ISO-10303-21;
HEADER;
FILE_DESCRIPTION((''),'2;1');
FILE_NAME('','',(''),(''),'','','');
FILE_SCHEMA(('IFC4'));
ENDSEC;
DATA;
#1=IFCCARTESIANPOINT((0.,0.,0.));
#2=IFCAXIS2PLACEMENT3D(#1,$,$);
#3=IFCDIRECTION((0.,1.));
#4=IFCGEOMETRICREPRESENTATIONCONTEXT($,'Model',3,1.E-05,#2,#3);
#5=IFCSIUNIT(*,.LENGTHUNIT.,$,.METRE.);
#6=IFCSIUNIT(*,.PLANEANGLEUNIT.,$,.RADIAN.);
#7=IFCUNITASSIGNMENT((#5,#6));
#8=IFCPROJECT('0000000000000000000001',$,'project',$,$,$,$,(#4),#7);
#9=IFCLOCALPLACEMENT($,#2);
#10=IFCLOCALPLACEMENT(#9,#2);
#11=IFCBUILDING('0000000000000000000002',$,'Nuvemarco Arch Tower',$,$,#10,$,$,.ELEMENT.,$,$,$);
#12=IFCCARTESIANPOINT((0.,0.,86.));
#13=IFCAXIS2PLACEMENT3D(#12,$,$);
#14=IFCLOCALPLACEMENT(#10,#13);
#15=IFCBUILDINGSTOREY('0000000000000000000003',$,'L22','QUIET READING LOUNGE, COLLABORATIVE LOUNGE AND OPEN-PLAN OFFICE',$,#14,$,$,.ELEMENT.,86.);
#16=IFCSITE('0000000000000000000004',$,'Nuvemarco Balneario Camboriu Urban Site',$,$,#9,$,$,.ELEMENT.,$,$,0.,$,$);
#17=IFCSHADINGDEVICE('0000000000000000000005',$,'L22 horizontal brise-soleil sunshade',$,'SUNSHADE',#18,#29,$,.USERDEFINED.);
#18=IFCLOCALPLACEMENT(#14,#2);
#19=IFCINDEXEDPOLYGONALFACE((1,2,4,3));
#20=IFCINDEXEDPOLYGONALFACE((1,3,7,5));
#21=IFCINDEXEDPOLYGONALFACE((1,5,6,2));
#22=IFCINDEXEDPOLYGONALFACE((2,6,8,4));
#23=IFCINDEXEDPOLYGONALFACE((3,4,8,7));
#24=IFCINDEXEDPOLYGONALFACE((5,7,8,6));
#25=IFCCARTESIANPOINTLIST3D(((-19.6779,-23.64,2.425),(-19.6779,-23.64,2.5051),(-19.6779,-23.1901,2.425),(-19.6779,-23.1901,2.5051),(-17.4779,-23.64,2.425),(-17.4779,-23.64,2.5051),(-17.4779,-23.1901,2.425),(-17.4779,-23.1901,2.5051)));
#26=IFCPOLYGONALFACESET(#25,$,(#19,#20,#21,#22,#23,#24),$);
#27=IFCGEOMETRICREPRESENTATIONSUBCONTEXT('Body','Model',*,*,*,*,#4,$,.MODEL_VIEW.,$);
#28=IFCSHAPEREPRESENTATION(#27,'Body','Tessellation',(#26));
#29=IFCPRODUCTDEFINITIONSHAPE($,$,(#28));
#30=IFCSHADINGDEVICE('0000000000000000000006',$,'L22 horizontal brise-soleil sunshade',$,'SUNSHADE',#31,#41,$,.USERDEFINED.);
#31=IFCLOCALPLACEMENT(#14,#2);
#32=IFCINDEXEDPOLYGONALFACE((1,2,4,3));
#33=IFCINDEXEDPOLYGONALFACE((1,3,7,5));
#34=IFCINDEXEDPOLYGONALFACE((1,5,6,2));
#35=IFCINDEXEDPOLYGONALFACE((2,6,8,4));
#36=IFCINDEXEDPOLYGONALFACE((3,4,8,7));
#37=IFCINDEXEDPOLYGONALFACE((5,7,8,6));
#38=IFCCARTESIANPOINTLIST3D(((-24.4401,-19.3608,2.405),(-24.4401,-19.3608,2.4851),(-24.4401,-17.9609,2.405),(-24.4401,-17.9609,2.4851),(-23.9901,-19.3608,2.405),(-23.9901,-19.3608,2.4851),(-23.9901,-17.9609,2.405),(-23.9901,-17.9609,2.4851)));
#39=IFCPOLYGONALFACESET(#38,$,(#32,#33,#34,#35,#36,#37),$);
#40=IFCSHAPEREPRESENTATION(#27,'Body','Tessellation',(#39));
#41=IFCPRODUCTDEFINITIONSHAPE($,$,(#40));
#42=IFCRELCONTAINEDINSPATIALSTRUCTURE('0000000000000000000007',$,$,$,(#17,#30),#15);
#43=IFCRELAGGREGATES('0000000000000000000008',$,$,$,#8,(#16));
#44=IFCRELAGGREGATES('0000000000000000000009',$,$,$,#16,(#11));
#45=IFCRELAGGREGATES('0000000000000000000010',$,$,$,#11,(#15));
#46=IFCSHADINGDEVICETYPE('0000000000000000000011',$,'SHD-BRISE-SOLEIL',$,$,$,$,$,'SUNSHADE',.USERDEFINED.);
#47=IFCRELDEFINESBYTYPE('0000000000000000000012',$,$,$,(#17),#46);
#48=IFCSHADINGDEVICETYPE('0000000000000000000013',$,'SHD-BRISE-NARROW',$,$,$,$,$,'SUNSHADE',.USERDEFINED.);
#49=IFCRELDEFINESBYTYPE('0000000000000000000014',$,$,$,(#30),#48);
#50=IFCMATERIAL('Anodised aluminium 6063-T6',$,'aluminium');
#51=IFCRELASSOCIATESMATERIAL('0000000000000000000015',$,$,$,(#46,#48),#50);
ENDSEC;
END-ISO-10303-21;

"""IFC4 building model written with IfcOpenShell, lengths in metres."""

from ifc_helpers import new_model, si_unit, direction, frame, origin, origin_2d, place, context, subcontext, project, spatial, rectangle, extrude, source, transform, mapped, material, type_object, type_shapes, element, save


model = new_model("IFC4")

# Units and contexts
model_context = context("Model", 3, precision=1e-05, world=origin(), true_north=direction((0.0, 1.0)))
body_context = subcontext(model_context, "Body", "Model", "MODEL_VIEW")
ifc_project = project(units=[si_unit("LENGTHUNIT", "METRE"), si_unit("PLANEANGLEUNIT", "RADIAN")], contexts=[model_context])

# Site, building, storey
site_placement = place(None, origin())
site = spatial("IfcSite", under=ifc_project, at=site_placement, Name="Nuvemarco Balneario Camboriu Urban Site", CompositionType="ELEMENT", RefElevation=0.0)
building_placement = place(site_placement, origin())
building = spatial("IfcBuilding", under=site, at=building_placement, Name="Nuvemarco Arch Tower", CompositionType="ELEMENT")
storey_placement = place(building_placement, frame((0.0, 0.0, 86.0)))
storey = spatial("IfcBuildingStorey", under=building, at=storey_placement, Name="L22", Description="QUIET READING LOUNGE, COLLABORATIVE LOUNGE AND OPEN-PLAN OFFICE", CompositionType="ELEMENT", Elevation=86.0)

# Shading devices
ifc_material_1 = material(Name="Anodised aluminium 6063-T6", Category="aluminium")
shading_device_type_1 = type_object("IfcShadingDeviceType", Name="SHD-BRISE-SOLEIL", ElementType="SUNSHADE", PredefinedType="USERDEFINED", material=ifc_material_1)
shared_shape_1 = source(origin(), body_context, "Body", "SweptSolid", [
    extrude(rectangle(XDim=2.2, YDim=0.45, at=origin_2d()), origin(), (0.0, 0.0, 1.0), 0.0801),
])
type_shapes(shading_device_type_1, [shared_shape_1])
shading_device_1_placement = place(storey_placement, frame((-18.5779, -23.415, 2.425), z_axis=(0.0, 0.0, 1.0), x_axis=(1.0, 0.0, 0.0)))
element("IfcShadingDevice", 1, at=shading_device_1_placement, inside=storey, type_object=shading_device_type_1, Name="L22 horizontal brise-soleil sunshade", ObjectType="SUNSHADE", PredefinedType="USERDEFINED", context=body_context, shape_type="MappedRepresentation", body=[
    mapped(shared_shape_1, transform((0.0, 0.0, 0.0), scale=1.0)),
])
shading_device_type_2 = type_object("IfcShadingDeviceType", Name="SHD-BRISE-NARROW", ElementType="SUNSHADE", PredefinedType="USERDEFINED", material=ifc_material_1)
shared_shape_2 = source(origin(), body_context, "Body", "SweptSolid", [
    extrude(rectangle(XDim=1.3999, YDim=0.45, at=origin_2d()), origin(), (0.0, 0.0, 1.0), 0.0801),
])
type_shapes(shading_device_type_2, [shared_shape_2])
shading_device_2_placement = place(storey_placement, frame((-24.2151, -18.6609, 2.405), z_axis=(0.0, 0.0, 1.0), x_axis=(0.0, 1.0, 0.0)))
element("IfcShadingDevice", 2, at=shading_device_2_placement, inside=storey, type_object=shading_device_type_2, Name="L22 horizontal brise-soleil sunshade", ObjectType="SUNSHADE", PredefinedType="USERDEFINED", context=body_context, shape_type="MappedRepresentation", body=[
    mapped(shared_shape_2, transform((0.0, 0.0, 0.0), scale=1.0)),
])

save(model, "model.ifc")
